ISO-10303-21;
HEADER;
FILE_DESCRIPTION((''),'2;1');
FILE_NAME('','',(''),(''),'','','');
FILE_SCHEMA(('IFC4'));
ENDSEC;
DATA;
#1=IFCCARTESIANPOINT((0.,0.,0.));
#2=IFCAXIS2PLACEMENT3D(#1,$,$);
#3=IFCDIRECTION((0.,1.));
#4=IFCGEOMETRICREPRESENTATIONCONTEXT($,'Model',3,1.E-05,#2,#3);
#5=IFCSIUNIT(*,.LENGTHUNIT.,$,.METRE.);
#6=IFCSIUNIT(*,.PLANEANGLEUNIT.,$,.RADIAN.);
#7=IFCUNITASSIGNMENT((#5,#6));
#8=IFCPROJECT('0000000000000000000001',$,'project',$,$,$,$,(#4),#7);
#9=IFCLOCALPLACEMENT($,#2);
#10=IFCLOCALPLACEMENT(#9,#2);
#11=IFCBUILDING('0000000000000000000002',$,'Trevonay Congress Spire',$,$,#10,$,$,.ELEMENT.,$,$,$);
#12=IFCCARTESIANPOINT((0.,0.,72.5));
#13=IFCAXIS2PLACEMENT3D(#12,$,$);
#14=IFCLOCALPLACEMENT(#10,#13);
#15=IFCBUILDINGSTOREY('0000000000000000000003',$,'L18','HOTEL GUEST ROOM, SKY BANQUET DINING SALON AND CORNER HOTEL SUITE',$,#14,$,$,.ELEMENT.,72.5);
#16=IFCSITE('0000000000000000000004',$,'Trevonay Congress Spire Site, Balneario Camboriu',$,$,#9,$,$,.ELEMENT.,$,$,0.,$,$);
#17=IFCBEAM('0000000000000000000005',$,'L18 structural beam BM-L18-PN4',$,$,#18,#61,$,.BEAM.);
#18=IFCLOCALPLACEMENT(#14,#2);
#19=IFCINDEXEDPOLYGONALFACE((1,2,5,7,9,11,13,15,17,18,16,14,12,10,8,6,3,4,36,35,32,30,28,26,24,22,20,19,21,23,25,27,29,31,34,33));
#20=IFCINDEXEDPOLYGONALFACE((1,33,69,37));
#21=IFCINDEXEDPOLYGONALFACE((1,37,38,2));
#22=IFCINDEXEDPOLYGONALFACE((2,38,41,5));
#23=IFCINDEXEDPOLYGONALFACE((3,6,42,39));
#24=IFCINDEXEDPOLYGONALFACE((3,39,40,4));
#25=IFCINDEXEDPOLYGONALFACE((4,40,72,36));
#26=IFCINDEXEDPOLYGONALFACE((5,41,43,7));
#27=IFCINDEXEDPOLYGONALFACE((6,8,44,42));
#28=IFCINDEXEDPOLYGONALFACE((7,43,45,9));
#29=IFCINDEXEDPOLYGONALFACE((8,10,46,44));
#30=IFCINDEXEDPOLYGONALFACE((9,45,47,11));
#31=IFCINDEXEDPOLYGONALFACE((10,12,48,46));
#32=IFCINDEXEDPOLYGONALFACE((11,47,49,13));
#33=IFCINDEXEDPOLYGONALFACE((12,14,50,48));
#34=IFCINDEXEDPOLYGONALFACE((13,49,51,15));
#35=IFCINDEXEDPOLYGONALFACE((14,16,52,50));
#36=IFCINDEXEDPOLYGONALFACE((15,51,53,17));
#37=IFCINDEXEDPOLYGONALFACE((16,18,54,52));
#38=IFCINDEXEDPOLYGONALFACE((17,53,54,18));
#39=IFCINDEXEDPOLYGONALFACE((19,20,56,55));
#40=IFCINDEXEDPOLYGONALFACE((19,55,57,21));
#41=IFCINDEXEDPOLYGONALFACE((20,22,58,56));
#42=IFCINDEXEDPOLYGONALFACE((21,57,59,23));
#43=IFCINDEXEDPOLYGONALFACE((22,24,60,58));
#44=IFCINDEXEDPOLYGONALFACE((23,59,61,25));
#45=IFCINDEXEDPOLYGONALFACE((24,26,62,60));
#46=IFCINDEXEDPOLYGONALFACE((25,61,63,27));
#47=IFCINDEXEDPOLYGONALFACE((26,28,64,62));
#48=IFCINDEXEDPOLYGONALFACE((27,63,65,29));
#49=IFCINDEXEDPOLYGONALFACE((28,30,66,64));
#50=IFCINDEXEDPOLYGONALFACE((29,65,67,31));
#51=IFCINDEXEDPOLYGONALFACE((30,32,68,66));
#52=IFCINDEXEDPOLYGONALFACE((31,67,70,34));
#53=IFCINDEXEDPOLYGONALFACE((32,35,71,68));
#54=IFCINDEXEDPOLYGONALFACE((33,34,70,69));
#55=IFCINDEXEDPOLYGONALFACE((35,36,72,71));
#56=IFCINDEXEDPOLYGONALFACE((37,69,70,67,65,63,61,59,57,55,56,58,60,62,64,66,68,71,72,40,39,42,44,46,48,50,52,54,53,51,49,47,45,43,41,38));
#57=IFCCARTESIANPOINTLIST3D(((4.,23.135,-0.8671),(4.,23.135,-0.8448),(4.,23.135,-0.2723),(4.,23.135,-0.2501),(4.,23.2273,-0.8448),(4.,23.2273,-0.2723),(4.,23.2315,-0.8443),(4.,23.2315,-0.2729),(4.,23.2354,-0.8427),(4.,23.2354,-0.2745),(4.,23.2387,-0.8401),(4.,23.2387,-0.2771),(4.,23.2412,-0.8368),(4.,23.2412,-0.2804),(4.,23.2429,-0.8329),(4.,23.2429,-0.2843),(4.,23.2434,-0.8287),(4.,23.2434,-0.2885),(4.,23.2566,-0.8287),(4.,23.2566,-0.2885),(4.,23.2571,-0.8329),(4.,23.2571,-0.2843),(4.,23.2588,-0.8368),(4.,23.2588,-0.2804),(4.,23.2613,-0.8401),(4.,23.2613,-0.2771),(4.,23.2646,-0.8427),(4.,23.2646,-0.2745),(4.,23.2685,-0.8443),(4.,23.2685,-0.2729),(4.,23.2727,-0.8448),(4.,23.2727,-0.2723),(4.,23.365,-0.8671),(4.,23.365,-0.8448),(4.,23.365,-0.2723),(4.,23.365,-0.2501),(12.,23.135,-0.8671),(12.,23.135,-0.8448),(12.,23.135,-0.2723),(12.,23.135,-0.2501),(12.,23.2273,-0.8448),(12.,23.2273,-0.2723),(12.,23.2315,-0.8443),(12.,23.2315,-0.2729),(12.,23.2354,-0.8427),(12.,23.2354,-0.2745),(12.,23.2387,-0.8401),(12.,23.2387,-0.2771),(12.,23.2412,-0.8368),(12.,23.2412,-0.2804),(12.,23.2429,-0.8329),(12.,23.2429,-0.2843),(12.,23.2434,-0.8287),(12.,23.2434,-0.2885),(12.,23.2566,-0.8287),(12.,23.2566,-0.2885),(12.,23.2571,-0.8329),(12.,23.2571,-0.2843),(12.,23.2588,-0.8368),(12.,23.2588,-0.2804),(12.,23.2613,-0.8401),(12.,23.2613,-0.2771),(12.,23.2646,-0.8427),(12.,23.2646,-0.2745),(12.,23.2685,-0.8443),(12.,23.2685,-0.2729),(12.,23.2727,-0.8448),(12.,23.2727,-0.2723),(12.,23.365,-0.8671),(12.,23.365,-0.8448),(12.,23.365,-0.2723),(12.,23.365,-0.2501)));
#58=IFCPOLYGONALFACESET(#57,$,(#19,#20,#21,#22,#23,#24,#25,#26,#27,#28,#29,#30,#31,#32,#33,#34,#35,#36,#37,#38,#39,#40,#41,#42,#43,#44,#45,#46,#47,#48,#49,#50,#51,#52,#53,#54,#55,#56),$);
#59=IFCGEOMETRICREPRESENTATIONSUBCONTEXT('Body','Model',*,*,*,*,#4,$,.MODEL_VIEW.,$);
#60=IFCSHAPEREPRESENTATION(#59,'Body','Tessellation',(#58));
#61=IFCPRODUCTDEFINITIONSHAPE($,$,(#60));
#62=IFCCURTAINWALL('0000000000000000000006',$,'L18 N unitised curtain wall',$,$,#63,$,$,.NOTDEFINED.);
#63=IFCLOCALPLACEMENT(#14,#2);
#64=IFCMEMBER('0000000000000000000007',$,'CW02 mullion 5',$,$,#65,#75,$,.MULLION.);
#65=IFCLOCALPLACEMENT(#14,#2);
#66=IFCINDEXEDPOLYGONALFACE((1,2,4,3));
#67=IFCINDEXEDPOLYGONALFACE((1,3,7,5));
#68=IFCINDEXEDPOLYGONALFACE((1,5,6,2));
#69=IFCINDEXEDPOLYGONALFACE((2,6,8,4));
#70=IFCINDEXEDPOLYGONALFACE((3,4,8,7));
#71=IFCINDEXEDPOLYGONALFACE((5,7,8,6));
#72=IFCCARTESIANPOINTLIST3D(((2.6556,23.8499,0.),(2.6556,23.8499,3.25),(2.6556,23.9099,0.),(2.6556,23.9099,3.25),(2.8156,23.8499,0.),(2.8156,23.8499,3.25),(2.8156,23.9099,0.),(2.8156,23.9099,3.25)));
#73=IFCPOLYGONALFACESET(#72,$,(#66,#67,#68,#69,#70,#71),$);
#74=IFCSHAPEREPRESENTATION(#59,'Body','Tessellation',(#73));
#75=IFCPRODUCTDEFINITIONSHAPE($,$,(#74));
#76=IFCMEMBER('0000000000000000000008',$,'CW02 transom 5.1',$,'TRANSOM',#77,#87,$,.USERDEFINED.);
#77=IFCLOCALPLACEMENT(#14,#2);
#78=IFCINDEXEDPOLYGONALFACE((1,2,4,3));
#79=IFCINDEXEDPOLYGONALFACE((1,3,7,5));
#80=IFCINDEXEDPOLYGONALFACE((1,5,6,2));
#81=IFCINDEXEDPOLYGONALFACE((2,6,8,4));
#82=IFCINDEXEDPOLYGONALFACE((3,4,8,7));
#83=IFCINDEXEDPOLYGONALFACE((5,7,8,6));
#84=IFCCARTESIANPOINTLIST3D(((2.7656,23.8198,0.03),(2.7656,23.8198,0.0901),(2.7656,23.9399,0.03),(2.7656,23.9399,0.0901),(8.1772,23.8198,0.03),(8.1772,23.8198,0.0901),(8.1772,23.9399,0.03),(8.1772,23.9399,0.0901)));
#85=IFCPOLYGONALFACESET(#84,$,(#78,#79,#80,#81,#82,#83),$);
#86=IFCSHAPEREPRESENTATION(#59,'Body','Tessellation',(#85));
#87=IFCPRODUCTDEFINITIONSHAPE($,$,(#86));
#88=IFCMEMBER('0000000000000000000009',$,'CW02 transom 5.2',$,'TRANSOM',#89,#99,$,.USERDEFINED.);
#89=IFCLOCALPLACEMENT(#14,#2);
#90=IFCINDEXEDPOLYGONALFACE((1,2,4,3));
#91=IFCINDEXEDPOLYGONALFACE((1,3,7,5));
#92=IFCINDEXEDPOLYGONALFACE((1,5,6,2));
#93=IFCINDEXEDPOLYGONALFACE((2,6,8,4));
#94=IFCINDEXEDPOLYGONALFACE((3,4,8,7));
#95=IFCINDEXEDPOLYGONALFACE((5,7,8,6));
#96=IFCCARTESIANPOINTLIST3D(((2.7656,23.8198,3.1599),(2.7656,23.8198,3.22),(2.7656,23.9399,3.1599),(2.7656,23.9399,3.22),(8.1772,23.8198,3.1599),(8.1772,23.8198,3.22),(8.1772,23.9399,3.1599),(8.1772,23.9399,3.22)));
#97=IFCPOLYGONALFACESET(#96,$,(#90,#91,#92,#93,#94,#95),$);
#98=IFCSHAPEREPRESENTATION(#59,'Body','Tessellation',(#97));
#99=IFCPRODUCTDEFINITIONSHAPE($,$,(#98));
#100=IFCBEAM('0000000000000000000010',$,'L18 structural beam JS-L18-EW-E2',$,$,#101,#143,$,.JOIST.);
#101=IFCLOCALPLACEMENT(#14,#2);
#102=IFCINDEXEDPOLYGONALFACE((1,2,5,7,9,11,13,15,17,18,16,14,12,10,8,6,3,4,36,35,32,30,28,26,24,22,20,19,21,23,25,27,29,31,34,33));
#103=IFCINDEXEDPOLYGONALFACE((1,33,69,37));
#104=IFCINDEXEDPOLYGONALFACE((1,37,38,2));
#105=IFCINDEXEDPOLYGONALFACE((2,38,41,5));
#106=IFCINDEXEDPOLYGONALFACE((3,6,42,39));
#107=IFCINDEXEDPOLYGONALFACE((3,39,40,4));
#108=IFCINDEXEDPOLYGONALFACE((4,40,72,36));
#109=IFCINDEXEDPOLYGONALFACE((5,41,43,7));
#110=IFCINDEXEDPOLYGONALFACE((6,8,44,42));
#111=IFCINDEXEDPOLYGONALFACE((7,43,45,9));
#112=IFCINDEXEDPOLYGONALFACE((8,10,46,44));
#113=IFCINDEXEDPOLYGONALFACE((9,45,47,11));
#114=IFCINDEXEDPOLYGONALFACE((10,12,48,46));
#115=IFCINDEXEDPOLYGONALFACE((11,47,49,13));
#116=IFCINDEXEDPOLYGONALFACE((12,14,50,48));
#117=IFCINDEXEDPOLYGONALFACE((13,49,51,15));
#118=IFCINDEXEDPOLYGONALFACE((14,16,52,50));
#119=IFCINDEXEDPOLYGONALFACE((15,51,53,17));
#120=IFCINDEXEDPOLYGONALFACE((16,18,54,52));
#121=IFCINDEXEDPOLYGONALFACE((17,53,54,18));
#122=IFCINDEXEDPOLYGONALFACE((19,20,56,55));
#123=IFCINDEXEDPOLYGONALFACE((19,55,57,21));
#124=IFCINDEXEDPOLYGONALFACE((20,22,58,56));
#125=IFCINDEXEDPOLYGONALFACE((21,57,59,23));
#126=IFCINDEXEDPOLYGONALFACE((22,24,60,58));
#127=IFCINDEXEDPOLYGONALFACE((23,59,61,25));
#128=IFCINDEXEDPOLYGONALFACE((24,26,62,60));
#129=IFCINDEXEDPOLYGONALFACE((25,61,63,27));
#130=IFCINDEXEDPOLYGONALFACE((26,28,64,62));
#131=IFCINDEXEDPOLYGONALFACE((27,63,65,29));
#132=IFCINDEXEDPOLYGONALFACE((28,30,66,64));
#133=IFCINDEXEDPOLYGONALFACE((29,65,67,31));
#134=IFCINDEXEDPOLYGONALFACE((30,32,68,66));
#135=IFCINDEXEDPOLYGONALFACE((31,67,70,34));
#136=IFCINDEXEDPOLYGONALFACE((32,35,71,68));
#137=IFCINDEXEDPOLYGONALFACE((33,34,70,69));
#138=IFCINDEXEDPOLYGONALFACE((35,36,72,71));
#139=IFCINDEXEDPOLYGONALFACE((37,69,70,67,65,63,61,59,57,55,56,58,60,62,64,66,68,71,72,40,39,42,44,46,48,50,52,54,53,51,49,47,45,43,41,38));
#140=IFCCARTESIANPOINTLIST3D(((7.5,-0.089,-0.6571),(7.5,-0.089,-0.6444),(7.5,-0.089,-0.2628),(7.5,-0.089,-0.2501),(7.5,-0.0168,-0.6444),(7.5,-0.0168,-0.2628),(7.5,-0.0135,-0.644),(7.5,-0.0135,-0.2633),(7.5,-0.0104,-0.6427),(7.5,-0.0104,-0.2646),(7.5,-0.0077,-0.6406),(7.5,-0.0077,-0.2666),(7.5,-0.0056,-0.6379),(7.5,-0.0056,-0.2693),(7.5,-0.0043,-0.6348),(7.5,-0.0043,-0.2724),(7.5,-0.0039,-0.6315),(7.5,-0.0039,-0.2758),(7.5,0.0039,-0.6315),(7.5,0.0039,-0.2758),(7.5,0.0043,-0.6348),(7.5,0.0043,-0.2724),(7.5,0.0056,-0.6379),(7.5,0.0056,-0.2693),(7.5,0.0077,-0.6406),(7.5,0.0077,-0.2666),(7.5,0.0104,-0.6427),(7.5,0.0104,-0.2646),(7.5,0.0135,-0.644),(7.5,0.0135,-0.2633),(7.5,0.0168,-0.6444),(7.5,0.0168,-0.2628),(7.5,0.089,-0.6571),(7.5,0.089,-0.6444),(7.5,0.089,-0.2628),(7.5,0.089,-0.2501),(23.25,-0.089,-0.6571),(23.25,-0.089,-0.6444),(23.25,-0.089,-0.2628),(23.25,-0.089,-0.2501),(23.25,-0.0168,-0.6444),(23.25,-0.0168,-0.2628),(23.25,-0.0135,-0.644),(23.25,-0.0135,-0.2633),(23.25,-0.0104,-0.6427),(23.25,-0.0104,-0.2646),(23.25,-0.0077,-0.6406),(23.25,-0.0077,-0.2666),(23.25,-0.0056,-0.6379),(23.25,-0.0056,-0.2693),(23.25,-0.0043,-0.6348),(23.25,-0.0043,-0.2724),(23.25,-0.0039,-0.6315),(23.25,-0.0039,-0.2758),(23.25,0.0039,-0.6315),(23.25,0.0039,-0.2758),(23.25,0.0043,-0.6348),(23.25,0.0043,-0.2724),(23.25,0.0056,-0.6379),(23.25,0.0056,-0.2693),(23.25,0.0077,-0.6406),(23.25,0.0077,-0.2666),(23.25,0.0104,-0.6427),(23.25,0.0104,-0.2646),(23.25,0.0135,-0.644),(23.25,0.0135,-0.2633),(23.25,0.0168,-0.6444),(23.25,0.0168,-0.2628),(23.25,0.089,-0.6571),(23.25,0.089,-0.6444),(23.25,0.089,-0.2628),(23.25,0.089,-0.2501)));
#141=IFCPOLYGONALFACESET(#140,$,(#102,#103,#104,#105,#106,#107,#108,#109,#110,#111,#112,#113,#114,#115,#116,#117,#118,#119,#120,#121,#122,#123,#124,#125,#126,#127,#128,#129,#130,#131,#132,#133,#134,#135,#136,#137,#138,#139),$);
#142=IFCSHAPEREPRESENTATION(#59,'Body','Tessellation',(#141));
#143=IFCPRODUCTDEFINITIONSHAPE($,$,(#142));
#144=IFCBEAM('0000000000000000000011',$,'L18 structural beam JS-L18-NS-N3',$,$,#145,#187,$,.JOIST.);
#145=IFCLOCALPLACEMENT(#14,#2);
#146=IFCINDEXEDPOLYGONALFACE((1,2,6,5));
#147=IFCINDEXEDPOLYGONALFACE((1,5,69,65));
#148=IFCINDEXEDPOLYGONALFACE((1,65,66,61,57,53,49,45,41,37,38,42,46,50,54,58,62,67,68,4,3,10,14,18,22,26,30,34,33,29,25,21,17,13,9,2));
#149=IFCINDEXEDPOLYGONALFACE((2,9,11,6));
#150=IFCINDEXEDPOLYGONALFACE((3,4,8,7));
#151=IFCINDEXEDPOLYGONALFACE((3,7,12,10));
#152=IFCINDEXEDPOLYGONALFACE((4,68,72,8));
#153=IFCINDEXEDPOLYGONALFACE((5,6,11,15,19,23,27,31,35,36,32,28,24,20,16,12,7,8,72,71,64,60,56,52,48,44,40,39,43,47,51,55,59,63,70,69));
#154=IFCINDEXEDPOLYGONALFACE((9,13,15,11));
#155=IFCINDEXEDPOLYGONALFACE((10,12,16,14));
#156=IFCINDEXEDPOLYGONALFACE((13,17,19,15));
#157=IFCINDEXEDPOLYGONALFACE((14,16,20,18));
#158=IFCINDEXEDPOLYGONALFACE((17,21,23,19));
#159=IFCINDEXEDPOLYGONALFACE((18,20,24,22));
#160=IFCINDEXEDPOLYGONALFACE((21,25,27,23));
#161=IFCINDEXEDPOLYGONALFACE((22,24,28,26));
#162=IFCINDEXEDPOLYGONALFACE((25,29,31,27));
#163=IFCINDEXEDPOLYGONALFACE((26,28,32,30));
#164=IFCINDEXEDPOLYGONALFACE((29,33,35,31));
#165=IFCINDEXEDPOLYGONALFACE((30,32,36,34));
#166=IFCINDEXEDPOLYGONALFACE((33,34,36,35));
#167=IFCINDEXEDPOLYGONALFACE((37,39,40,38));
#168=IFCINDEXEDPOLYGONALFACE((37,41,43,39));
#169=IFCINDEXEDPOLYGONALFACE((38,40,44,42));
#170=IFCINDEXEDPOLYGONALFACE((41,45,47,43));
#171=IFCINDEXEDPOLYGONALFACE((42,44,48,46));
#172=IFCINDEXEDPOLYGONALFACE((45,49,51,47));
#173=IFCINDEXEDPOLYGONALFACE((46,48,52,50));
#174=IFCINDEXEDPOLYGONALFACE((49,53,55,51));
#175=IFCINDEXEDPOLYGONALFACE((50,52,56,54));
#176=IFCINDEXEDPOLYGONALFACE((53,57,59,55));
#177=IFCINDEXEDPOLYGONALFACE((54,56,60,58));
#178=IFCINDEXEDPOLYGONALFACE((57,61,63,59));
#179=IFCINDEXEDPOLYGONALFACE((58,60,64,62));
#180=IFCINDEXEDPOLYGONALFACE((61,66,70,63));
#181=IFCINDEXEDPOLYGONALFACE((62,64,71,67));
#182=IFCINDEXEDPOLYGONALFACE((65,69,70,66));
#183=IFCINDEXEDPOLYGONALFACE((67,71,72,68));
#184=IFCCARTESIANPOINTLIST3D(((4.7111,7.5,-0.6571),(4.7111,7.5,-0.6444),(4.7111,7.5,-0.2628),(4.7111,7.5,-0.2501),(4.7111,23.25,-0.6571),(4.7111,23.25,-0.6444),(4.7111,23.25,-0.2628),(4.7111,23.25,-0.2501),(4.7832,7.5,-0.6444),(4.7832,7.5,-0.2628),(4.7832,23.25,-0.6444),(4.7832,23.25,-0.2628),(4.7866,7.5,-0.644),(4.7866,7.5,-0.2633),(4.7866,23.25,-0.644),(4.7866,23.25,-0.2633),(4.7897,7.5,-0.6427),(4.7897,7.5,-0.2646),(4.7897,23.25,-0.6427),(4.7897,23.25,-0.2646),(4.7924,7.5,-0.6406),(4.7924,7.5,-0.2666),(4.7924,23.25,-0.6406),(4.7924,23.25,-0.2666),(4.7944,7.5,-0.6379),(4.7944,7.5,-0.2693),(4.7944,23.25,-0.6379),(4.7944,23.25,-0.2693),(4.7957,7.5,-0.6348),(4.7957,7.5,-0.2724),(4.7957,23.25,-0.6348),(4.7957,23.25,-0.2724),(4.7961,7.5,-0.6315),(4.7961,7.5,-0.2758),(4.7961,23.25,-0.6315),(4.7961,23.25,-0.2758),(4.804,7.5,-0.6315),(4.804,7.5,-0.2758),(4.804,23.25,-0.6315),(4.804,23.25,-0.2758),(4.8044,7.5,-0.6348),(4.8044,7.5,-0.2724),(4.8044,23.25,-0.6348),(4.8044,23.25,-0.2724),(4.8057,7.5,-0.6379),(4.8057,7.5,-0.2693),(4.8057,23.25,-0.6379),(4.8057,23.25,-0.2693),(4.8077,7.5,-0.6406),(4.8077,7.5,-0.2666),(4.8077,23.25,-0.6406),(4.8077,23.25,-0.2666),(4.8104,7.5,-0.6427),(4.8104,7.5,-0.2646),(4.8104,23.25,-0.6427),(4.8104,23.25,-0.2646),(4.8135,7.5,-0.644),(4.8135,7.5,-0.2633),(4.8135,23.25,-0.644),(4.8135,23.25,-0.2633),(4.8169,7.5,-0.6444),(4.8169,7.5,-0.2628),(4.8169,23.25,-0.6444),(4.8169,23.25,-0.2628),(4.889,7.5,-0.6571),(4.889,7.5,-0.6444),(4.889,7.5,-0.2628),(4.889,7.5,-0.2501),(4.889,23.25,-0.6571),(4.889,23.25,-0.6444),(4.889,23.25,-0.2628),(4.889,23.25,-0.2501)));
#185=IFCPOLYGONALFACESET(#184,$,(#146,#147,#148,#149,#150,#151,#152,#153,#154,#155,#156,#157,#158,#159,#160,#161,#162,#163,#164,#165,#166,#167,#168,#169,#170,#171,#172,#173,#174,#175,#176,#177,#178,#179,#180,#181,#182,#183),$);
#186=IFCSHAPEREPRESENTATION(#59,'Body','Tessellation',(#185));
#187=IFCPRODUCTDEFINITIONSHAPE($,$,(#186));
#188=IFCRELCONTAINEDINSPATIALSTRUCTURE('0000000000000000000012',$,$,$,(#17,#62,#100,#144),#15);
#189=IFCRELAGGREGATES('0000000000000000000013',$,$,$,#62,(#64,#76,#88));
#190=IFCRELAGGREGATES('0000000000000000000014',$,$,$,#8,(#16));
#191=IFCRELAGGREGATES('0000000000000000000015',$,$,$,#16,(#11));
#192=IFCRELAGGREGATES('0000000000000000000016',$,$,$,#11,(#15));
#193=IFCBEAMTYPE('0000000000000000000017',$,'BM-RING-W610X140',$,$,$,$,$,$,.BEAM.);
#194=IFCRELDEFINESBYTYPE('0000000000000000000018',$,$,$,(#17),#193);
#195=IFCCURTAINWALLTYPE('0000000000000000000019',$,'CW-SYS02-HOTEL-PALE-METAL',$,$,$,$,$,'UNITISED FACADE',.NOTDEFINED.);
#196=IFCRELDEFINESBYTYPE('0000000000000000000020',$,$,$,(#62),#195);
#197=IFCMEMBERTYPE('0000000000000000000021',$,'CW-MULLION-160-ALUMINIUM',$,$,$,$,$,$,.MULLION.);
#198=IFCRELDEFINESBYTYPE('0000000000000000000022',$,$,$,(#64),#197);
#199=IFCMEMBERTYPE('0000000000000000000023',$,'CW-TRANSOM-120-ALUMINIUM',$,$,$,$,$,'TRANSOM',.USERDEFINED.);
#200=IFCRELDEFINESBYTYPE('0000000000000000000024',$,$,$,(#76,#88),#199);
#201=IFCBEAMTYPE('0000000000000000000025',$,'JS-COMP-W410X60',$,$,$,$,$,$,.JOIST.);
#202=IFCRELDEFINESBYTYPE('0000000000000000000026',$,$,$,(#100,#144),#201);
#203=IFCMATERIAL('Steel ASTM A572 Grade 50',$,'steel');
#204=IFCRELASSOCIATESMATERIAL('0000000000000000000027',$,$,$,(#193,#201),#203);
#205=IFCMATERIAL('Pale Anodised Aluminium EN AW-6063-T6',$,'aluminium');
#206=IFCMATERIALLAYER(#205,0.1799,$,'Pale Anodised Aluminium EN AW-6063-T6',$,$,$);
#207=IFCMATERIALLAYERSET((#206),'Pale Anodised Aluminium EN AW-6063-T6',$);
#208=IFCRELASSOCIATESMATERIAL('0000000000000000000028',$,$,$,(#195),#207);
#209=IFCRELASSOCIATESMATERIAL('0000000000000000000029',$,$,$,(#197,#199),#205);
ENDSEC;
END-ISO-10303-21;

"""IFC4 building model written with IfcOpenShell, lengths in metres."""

from ifc_helpers import new_model, si_unit, direction, frame, origin, origin_2d, place, context, subcontext, project, spatial, rectangle, i_section, extrude, material, layer, layer_set, material_profile, profile_set, type_object, element, aggregate, save


model = new_model("IFC4")

# Units and contexts
model_context = context("Model", 3, precision=1e-05, world=origin(), true_north=direction((0.0, 1.0)))
body_context = subcontext(model_context, "Body", "Model", "MODEL_VIEW")
ifc_project = project(units=[si_unit("LENGTHUNIT", "METRE"), si_unit("PLANEANGLEUNIT", "RADIAN")], contexts=[model_context])

# Site, building, storey
site_placement = place(None, origin())
site = spatial("IfcSite", under=ifc_project, at=site_placement, Name="Trevonay Congress Spire Site, Balneario Camboriu", CompositionType="ELEMENT", RefElevation=0.0)
building_placement = place(site_placement, origin())
building = spatial("IfcBuilding", under=site, at=building_placement, Name="Trevonay Congress Spire", CompositionType="ELEMENT")
storey_placement = place(building_placement, frame((0.0, 0.0, 72.5)))
storey = spatial("IfcBuildingStorey", under=building, at=storey_placement, Name="L18", Description="HOTEL GUEST ROOM, SKY BANQUET DINING SALON AND CORNER HOTEL SUITE", CompositionType="ELEMENT", Elevation=72.5)

# Shared definitions
ifc_material_1 = material(Name="Steel ASTM A572 Grade 50", Category="steel")

# Beam
ifc_material_profile_1 = material_profile(ifc_material_1, i_section(OverallWidth=0.23, OverallDepth=0.6169, WebThickness=0.0132, FlangeThickness=0.0222, FilletRadius=0.0161, at=origin_2d()), Name="W610x140")
ifc_profile_set_1 = profile_set([ifc_material_profile_1], Name="Steel ASTM A572 Grade 50")
beam_type_1 = type_object("IfcBeamType", Name="BM-RING-W610X140", PredefinedType="BEAM", material=ifc_profile_set_1)
beam_1_placement = place(storey_placement, frame((4.0, 23.25, -0.5586), z_axis=(1.0, 0.0, 0.0), x_axis=(0.0, 1.0, 0.0)))
element("IfcBeam", 1, at=beam_1_placement, inside=storey, type_object=beam_type_1, Name="L18 structural beam BM-L18-PN4", PredefinedType="BEAM", context=body_context, shape_type="SweptSolid", body=[
    extrude(i_section(OverallWidth=0.23, OverallDepth=0.6169, WebThickness=0.0132, FlangeThickness=0.0222, FilletRadius=0.0161, at=origin_2d()), origin(), (0.0, 0.0, 1.0), 8.0),
])

# Curtain wall, members
ifc_material_2 = material(Name="Pale Anodised Aluminium EN AW-6063-T6", Category="aluminium")
ifc_layer_1 = layer(ifc_material_2, 0.1799, Name="Pale Anodised Aluminium EN AW-6063-T6")
ifc_layer_set_1 = layer_set([ifc_layer_1], Name="Pale Anodised Aluminium EN AW-6063-T6")
curtain_wall_type = type_object("IfcCurtainWallType", Name="CW-SYS02-HOTEL-PALE-METAL", ElementType="UNITISED FACADE", PredefinedType="NOTDEFINED", material=ifc_layer_set_1)
curtain_wall_placement = place(storey_placement, origin())
curtain_wall = element("IfcCurtainWall", 2, at=curtain_wall_placement, inside=storey, type_object=curtain_wall_type, Name="L18 N unitised curtain wall", PredefinedType="NOTDEFINED")
ifc_material_profile_2 = material_profile(ifc_material_2, rectangle(XDim=0.0601, YDim=0.1599, at=origin_2d()), Name="CW-MULLION-160-ALUMINIUM")
ifc_profile_set_2 = profile_set([ifc_material_profile_2], Name="Pale Anodised Aluminium EN AW-6063-T6")
member_type_1 = type_object("IfcMemberType", Name="CW-MULLION-160-ALUMINIUM", PredefinedType="MULLION", material=ifc_profile_set_2)
member_1_placement = place(storey_placement, frame((2.7356, 23.8799, 0.0), z_axis=(0.0, 0.0, 1.0), x_axis=(0.0, 1.0, 0.0)))
member_1 = element("IfcMember", 3, at=member_1_placement, type_object=member_type_1, Name="CW02 mullion 5", PredefinedType="MULLION", context=body_context, shape_type="SweptSolid", body=[
    extrude(rectangle(XDim=0.0601, YDim=0.1599, at=origin_2d()), origin(), (0.0, 0.0, 1.0), 3.25),
])
ifc_material_profile_3 = material_profile(ifc_material_2, rectangle(XDim=0.1201, YDim=0.0601, at=origin_2d()), Name="CW-TRANSOM-120-ALUMINIUM")
ifc_profile_set_3 = profile_set([ifc_material_profile_3], Name="Pale Anodised Aluminium EN AW-6063-T6")
member_type_2 = type_object("IfcMemberType", Name="CW-TRANSOM-120-ALUMINIUM", ElementType="TRANSOM", PredefinedType="USERDEFINED", material=ifc_profile_set_3)
member_2_placement = place(storey_placement, frame((2.7656, 23.8799, 0.0601), z_axis=(1.0, 0.0, 0.0), x_axis=(0.0, 1.0, 0.0)))
member_2 = element("IfcMember", 4, at=member_2_placement, type_object=member_type_2, Name="CW02 transom 5.1", ObjectType="TRANSOM", PredefinedType="USERDEFINED", context=body_context, shape_type="SweptSolid", body=[
    extrude(rectangle(XDim=0.1201, YDim=0.0601, at=origin_2d()), origin(), (0.0, 0.0, 1.0), 5.4116),
])
member_3_placement = place(storey_placement, frame((2.7656, 23.8799, 3.1899), z_axis=(1.0, 0.0, 0.0), x_axis=(0.0, 1.0, 0.0)))
member_3 = element("IfcMember", 5, at=member_3_placement, type_object=member_type_2, Name="CW02 transom 5.2", ObjectType="TRANSOM", PredefinedType="USERDEFINED", context=body_context, shape_type="SweptSolid", body=[
    extrude(rectangle(XDim=0.1201, YDim=0.0601, at=origin_2d()), origin(), (0.0, 0.0, 1.0), 5.4116),
])

# Beams
ifc_material_profile_4 = material_profile(ifc_material_1, i_section(OverallWidth=0.178, OverallDepth=0.407, WebThickness=0.0078, FlangeThickness=0.0127, FilletRadius=0.0129, at=origin_2d()), Name="W410x60")
ifc_profile_set_4 = profile_set([ifc_material_profile_4], Name="Steel ASTM A572 Grade 50")
beam_type_2 = type_object("IfcBeamType", Name="JS-COMP-W410X60", PredefinedType="JOIST", material=ifc_profile_set_4)
for number, where, z_axis, x_axis, name in (
    (6, (7.5, 0.0, -0.4536), (1.0, 0.0, 0.0), (0.0, 1.0, 0.0), "L18 structural beam JS-L18-EW-E2"),
    (7, (4.8, 7.5, -0.4536), (0.0, 1.0, 0.0), (-1.0, 0.0, 0.0), "L18 structural beam JS-L18-NS-N3"),
):
    element("IfcBeam", number, at=place(storey_placement, frame(where, z_axis=z_axis, x_axis=x_axis)), inside=storey, type_object=beam_type_2, Name=name, PredefinedType="JOIST", context=body_context, shape_type="SweptSolid", body=[
        extrude(i_section(OverallWidth=0.178, OverallDepth=0.407, WebThickness=0.0078, FlangeThickness=0.0127, FilletRadius=0.0129, at=origin_2d()), origin(), (0.0, 0.0, 1.0), 15.75),
    ])

aggregate(curtain_wall, [member_1, member_2, member_3])

save(model, "model.ifc")
